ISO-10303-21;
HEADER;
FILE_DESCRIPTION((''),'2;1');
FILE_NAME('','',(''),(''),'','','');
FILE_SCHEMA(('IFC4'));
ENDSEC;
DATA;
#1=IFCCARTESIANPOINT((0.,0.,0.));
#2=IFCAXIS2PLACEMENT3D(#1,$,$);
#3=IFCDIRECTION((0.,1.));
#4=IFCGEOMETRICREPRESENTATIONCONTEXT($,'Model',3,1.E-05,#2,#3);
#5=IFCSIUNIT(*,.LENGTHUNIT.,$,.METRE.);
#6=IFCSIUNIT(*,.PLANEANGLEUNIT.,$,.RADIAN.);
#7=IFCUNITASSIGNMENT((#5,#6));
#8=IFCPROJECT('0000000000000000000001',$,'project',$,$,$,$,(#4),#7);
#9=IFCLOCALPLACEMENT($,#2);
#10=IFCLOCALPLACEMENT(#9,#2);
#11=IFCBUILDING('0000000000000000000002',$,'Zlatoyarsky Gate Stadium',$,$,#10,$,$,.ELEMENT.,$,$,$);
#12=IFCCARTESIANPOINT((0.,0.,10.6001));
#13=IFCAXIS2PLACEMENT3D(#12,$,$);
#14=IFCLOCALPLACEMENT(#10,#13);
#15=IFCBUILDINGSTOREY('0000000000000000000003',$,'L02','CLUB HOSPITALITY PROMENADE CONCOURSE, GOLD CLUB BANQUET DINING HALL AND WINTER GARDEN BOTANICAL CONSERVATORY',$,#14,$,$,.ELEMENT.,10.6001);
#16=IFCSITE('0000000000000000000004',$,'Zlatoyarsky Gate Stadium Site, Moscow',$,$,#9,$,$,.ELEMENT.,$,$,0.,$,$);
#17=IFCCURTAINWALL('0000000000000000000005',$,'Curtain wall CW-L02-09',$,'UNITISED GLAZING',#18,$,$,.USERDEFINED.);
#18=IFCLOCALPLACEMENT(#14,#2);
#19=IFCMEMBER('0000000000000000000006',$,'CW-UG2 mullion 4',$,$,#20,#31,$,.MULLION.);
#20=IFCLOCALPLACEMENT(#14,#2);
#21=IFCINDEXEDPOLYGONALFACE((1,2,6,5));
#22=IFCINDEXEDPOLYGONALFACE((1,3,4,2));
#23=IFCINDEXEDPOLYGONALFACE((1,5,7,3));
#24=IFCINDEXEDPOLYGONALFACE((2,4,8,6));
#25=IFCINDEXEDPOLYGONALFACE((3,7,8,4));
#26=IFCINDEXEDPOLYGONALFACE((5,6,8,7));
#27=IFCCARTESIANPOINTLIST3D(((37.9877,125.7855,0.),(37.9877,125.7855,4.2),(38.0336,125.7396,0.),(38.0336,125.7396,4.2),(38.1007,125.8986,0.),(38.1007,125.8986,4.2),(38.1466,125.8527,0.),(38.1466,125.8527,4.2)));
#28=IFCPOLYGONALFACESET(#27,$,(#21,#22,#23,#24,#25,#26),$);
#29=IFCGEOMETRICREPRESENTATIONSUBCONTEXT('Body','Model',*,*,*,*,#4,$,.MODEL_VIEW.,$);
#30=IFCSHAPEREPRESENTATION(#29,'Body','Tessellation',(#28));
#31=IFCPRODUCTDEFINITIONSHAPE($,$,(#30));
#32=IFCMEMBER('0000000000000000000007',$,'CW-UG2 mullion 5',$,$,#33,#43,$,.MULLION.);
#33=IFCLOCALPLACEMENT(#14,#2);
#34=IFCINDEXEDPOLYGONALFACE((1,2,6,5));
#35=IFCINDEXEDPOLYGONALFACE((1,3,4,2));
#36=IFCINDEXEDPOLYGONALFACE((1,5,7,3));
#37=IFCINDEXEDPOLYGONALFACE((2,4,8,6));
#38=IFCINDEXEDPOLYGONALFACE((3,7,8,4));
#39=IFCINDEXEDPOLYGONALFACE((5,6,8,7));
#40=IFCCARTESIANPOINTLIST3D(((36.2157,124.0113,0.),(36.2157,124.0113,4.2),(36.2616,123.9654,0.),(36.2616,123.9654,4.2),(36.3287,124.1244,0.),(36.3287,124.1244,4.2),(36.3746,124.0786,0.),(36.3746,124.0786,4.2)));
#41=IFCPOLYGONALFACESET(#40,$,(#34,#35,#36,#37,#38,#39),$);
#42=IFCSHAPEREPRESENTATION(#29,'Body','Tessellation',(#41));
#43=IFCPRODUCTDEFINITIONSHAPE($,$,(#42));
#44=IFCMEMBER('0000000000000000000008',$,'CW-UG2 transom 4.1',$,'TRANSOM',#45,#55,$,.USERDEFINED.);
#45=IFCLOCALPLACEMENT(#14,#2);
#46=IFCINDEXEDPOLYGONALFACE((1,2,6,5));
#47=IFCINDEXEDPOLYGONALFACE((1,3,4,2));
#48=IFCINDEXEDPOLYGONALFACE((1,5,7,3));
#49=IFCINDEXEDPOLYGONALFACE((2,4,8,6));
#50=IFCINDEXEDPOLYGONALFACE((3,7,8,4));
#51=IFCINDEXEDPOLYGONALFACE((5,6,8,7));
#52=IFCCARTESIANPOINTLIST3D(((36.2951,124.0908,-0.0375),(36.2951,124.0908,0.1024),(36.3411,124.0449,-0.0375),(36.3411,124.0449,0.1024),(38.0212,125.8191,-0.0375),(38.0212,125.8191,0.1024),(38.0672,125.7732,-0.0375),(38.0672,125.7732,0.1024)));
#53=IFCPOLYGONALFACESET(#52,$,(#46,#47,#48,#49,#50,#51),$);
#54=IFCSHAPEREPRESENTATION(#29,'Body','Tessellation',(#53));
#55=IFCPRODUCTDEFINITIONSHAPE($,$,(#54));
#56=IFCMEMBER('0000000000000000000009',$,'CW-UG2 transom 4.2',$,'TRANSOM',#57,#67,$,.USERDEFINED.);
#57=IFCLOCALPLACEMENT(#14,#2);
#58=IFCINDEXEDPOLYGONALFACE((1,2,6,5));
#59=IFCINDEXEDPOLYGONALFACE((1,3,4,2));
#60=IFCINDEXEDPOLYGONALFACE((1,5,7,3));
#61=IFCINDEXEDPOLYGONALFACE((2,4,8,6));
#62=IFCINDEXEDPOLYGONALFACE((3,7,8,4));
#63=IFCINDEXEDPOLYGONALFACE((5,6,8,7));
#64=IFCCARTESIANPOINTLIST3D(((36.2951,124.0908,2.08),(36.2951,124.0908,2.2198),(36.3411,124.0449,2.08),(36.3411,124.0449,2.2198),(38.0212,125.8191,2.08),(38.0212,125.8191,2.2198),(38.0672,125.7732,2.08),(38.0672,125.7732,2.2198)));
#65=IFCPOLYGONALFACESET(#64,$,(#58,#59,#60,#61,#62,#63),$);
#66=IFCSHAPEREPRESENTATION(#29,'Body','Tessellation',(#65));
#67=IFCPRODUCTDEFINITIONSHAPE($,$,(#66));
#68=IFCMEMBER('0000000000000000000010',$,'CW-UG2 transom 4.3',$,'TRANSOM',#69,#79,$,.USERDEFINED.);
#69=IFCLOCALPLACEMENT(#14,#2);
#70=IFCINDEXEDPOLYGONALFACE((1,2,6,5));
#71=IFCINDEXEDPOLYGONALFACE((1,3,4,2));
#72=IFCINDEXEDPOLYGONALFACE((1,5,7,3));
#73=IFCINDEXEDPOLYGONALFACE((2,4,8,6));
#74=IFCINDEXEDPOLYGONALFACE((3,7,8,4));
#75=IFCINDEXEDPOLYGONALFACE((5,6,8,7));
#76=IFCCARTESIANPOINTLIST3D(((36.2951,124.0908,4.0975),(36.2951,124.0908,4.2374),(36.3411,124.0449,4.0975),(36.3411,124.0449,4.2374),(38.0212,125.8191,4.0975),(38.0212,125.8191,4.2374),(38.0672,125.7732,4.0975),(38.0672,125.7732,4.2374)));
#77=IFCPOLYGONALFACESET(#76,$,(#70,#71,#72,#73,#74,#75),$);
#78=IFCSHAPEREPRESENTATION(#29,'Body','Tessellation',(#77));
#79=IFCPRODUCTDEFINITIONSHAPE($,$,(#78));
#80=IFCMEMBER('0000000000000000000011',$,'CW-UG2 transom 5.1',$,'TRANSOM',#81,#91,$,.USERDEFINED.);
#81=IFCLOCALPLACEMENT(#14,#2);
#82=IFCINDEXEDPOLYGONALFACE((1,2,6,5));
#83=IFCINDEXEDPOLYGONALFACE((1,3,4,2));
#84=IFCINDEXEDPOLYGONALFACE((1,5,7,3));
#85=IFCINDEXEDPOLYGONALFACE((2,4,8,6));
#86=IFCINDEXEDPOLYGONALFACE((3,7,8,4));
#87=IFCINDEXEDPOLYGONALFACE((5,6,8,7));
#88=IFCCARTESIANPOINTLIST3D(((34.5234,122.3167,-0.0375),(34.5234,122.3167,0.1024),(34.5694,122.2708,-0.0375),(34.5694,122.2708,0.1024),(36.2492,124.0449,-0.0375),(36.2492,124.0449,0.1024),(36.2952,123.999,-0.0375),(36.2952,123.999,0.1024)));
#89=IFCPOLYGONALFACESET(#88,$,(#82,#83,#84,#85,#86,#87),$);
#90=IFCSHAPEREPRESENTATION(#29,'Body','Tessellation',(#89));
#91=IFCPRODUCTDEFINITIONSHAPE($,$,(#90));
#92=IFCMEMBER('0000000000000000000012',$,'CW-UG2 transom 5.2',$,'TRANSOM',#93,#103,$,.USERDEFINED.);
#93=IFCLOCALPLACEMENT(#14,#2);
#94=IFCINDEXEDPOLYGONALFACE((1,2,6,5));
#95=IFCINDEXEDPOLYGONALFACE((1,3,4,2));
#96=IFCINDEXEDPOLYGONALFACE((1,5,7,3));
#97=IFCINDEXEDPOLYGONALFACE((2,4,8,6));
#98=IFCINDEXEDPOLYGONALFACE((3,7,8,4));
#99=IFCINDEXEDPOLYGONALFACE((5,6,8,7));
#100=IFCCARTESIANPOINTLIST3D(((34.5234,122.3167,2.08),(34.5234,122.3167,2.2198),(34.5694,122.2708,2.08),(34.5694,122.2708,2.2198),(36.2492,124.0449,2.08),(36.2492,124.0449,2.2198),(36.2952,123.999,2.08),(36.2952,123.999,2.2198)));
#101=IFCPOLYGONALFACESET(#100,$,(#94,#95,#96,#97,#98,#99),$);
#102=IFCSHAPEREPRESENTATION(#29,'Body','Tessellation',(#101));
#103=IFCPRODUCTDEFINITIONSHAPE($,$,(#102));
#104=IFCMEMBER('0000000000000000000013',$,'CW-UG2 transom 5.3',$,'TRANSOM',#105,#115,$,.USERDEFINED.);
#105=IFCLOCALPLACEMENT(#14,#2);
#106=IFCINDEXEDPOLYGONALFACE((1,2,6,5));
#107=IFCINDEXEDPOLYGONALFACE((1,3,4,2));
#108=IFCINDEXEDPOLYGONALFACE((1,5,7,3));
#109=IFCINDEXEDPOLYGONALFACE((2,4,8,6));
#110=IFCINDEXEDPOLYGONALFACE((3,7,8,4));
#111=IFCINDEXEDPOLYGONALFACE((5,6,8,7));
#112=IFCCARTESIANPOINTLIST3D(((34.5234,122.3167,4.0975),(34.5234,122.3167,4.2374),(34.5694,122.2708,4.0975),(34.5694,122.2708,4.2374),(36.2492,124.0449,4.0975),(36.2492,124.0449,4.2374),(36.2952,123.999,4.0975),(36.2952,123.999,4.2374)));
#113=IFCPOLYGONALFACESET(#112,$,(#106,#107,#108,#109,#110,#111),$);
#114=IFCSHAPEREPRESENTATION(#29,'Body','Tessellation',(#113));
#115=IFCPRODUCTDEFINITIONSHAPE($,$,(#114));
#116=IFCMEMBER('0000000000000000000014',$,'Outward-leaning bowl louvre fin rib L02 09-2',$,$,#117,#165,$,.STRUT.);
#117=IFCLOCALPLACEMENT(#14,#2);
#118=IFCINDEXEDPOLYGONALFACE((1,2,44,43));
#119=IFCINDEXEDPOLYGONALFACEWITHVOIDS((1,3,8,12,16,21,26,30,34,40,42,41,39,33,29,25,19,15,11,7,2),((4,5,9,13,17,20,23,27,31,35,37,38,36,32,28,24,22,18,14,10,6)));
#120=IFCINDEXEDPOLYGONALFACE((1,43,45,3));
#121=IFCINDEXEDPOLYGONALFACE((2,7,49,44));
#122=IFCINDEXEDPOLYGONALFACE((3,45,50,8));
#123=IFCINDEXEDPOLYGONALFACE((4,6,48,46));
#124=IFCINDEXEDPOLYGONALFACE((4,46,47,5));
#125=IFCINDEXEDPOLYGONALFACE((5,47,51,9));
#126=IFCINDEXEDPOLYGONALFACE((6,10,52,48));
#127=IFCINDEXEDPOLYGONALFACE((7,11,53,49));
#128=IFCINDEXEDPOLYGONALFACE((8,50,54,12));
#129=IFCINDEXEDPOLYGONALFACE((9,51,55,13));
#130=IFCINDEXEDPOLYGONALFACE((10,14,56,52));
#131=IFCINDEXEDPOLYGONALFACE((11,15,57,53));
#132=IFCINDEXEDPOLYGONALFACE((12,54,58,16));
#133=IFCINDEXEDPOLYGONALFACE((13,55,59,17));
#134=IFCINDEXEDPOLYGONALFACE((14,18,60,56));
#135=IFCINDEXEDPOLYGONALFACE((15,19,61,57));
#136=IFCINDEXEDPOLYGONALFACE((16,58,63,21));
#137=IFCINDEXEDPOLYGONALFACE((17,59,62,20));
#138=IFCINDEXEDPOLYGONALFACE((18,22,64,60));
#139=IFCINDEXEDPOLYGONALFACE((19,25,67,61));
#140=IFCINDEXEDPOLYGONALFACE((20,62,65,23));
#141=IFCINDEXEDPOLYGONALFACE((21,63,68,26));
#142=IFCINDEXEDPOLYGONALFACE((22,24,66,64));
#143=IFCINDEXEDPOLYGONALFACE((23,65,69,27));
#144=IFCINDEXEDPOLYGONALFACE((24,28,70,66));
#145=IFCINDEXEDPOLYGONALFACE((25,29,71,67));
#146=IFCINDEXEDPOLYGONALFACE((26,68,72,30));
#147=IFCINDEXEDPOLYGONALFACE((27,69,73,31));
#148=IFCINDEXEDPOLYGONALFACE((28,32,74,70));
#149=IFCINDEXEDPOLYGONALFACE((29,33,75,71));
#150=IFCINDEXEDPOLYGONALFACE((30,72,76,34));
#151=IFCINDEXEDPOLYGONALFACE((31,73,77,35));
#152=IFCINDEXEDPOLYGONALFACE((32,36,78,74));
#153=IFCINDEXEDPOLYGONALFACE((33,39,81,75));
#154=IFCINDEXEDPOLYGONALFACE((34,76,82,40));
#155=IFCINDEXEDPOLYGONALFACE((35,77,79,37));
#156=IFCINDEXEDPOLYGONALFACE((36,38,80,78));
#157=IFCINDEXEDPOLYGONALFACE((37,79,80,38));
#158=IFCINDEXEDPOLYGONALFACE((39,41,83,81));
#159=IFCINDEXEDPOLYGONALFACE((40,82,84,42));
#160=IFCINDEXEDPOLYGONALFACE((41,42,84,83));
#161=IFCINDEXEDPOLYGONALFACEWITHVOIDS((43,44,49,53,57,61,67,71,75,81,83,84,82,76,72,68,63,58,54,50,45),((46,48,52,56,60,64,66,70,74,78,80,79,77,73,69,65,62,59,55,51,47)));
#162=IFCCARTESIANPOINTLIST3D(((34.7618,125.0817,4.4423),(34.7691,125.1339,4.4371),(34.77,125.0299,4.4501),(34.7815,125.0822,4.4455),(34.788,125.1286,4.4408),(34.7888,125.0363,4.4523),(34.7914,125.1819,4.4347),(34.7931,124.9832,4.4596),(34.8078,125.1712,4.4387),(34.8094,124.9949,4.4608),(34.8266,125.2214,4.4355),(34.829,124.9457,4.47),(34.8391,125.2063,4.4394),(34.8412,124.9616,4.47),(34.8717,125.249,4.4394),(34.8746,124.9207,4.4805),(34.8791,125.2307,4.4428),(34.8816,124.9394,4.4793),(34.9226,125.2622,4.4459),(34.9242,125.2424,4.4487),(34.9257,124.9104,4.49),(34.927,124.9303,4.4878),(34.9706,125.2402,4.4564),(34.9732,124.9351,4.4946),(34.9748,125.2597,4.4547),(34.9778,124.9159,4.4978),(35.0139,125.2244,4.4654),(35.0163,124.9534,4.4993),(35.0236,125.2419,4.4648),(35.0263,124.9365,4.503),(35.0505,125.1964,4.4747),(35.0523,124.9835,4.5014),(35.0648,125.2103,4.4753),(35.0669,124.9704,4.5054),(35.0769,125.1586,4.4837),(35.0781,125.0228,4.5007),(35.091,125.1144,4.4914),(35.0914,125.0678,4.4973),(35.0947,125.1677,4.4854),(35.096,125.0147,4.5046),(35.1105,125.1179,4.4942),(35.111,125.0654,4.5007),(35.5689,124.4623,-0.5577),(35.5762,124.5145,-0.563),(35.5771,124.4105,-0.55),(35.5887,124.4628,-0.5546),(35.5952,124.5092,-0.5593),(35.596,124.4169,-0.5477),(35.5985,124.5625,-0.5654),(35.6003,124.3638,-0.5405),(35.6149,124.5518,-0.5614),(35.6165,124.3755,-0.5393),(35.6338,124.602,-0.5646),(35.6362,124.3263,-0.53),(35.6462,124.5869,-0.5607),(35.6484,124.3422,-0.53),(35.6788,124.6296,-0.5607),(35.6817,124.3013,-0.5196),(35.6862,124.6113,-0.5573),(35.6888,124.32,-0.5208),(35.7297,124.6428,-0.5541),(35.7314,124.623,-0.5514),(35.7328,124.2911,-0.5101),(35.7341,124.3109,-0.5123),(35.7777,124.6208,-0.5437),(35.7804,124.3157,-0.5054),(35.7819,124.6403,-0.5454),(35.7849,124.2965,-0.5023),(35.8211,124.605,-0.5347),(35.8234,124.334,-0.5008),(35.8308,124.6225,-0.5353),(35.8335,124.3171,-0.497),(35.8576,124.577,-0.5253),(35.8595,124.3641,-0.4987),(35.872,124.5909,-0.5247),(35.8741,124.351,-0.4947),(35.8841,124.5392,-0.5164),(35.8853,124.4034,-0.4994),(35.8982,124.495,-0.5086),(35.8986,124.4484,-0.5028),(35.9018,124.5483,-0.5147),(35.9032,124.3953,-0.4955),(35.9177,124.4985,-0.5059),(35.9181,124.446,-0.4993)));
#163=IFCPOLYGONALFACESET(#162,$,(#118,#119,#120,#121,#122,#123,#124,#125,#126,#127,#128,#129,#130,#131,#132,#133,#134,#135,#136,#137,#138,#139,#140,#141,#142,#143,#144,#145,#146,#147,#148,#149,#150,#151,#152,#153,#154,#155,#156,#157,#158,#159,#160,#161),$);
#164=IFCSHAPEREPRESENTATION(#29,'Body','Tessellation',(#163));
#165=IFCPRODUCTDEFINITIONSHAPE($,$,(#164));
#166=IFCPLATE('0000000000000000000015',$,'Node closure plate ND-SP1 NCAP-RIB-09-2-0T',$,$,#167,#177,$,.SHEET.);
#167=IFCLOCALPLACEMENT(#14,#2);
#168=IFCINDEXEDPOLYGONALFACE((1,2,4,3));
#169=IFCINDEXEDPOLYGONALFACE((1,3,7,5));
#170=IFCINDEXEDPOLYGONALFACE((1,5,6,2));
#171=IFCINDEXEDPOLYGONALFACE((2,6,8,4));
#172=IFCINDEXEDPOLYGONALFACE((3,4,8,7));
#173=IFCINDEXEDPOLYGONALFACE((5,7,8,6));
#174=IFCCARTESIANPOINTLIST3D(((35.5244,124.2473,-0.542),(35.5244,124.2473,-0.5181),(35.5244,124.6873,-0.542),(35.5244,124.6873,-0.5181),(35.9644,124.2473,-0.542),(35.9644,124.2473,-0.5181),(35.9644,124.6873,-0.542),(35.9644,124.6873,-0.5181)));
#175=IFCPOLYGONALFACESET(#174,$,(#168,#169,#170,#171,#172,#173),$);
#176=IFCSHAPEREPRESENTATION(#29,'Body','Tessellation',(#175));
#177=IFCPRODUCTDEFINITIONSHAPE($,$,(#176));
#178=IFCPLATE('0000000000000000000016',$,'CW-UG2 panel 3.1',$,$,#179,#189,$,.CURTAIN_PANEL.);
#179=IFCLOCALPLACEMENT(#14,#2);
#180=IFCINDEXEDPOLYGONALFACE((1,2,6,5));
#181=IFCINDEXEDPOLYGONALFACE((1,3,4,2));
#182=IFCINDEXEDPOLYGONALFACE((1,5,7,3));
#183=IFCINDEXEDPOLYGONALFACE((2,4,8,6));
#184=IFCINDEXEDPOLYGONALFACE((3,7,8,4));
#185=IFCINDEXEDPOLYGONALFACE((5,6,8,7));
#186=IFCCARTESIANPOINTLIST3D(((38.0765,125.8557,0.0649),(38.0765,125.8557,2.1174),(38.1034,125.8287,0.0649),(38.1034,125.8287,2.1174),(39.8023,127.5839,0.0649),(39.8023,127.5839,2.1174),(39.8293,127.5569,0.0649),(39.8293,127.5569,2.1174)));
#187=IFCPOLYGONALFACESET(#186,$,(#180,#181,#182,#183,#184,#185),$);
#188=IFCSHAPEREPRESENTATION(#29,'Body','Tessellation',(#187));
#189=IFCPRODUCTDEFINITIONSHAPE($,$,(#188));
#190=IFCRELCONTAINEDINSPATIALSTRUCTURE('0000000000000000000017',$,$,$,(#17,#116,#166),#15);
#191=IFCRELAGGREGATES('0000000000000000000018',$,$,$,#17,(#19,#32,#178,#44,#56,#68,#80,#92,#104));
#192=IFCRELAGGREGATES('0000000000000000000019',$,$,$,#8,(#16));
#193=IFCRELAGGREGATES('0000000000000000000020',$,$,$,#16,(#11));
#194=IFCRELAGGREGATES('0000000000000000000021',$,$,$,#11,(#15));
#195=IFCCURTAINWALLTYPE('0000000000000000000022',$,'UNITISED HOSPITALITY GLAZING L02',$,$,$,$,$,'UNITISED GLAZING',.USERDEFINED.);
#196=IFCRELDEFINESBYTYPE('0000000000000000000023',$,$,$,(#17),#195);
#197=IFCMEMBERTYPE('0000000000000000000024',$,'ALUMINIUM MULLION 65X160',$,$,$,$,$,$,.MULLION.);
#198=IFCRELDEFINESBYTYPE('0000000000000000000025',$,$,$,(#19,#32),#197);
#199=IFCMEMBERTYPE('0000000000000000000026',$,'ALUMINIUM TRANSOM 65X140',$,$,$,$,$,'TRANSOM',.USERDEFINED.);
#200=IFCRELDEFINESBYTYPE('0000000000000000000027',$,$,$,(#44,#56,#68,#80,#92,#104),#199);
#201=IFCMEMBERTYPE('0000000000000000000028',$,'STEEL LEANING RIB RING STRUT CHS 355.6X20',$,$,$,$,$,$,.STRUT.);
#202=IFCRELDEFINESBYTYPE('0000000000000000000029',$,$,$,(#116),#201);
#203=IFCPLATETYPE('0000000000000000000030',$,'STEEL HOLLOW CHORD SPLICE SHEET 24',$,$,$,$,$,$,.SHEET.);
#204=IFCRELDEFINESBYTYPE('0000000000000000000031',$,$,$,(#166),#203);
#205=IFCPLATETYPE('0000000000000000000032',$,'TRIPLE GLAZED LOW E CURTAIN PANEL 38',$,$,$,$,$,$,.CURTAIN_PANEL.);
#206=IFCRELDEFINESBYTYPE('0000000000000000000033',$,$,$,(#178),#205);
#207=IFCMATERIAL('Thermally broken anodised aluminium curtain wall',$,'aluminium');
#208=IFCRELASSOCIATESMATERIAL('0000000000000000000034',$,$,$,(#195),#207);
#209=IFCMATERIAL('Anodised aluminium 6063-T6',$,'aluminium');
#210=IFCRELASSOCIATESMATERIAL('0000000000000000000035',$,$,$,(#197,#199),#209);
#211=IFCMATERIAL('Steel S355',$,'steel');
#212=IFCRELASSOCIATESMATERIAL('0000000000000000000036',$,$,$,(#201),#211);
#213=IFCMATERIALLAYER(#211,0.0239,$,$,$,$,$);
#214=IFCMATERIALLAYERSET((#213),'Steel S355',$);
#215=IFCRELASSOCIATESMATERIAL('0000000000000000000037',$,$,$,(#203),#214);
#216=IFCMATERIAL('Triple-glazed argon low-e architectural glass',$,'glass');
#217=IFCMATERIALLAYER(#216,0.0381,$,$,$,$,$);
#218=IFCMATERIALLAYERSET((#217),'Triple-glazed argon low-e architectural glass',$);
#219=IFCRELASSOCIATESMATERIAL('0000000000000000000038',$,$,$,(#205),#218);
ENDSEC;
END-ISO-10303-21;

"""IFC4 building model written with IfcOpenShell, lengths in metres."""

from ifc_helpers import new_model, si_unit, direction, frame, origin, origin_2d, place, context, subcontext, project, spatial, rectangle, hollow_circle, extrude, material, layer, layer_set, material_profile, profile_set, type_object, element, aggregate, save


model = new_model("IFC4")

# Units and contexts
model_context = context("Model", 3, precision=1e-05, world=origin(), true_north=direction((0.0, 1.0)))
body_context = subcontext(model_context, "Body", "Model", "MODEL_VIEW")
ifc_project = project(units=[si_unit("LENGTHUNIT", "METRE"), si_unit("PLANEANGLEUNIT", "RADIAN")], contexts=[model_context])

# Site, building, storey
site_placement = place(None, origin())
site = spatial("IfcSite", under=ifc_project, at=site_placement, Name="Zlatoyarsky Gate Stadium Site, Moscow", CompositionType="ELEMENT", RefElevation=0.0)
building_placement = place(site_placement, origin())
building = spatial("IfcBuilding", under=site, at=building_placement, Name="Zlatoyarsky Gate Stadium", CompositionType="ELEMENT")
storey_placement = place(building_placement, frame((0.0, 0.0, 10.6001)))
storey = spatial("IfcBuildingStorey", under=building, at=storey_placement, Name="L02", Description="CLUB HOSPITALITY PROMENADE CONCOURSE, GOLD CLUB BANQUET DINING HALL AND WINTER GARDEN BOTANICAL CONSERVATORY", CompositionType="ELEMENT", Elevation=10.6001)

# Curtain wall, members
ifc_material_1 = material(Name="Thermally broken anodised aluminium curtain wall", Category="aluminium")
curtain_wall_type = type_object("IfcCurtainWallType", Name="UNITISED HOSPITALITY GLAZING L02", ElementType="UNITISED GLAZING", PredefinedType="USERDEFINED", material=ifc_material_1)
curtain_wall_placement = place(storey_placement, origin())
curtain_wall = element("IfcCurtainWall", 1, at=curtain_wall_placement, inside=storey, type_object=curtain_wall_type, Name="Curtain wall CW-L02-09", ObjectType="UNITISED GLAZING", PredefinedType="USERDEFINED")
ifc_material_2 = material(Name="Anodised aluminium 6063-T6", Category="aluminium")
ifc_material_profile_1 = material_profile(ifc_material_2, rectangle(XDim=0.0649, YDim=0.1599, at=origin_2d()), Name="ALU 65X160")
ifc_profile_set_1 = profile_set([ifc_material_profile_1], Name="Anodised aluminium 6063-T6")
member_type_1 = type_object("IfcMemberType", Name="ALUMINIUM MULLION 65X160", PredefinedType="MULLION", material=ifc_profile_set_1)
member_1_placement = place(storey_placement, frame((38.0671, 125.8191, 0.0), z_axis=(0.0, 0.0, 1.0), x_axis=(0.707588, -0.706626, 0.0)))
member_1 = element("IfcMember", 2, at=member_1_placement, type_object=member_type_1, Name="CW-UG2 mullion 4", PredefinedType="MULLION", context=body_context, shape_type="SweptSolid", body=[
    extrude(rectangle(XDim=0.0649, YDim=0.1599, at=origin_2d()), origin(), (0.0, 0.0, 1.0), 4.2),
])
member_2_placement = place(storey_placement, frame((36.2952, 124.0449, 0.0), z_axis=(0.0, 0.0, 1.0), x_axis=(0.707588, -0.706626, 0.0)))
member_2 = element("IfcMember", 3, at=member_2_placement, type_object=member_type_1, Name="CW-UG2 mullion 5", PredefinedType="MULLION", context=body_context, shape_type="SweptSolid", body=[
    extrude(rectangle(XDim=0.0649, YDim=0.1599, at=origin_2d()), origin(), (0.0, 0.0, 1.0), 4.2),
])
ifc_material_profile_2 = material_profile(ifc_material_2, rectangle(XDim=0.0649, YDim=0.1399, at=origin_2d()), Name="ALU 65X140")
ifc_profile_set_2 = profile_set([ifc_material_profile_2], Name="Anodised aluminium 6063-T6")
member_type_2 = type_object("IfcMemberType", Name="ALUMINIUM TRANSOM 65X140", ElementType="TRANSOM", PredefinedType="USERDEFINED", material=ifc_profile_set_2)
member_3_placement = place(storey_placement, frame((38.0442, 125.7961, 0.0325), z_axis=(-0.706657, -0.707556, 0.0), x_axis=(0.707556, -0.706657, 0.0)))
member_3 = element("IfcMember", 4, at=member_3_placement, type_object=member_type_2, Name="CW-UG2 transom 4.1", ObjectType="TRANSOM", PredefinedType="USERDEFINED", context=body_context, shape_type="SweptSolid", body=[
    extrude(rectangle(XDim=0.0649, YDim=0.1399, at=origin_2d()), origin(), (0.0, 0.0, 1.0), 2.4426),
])
member_4_placement = place(storey_placement, frame((38.0442, 125.7961, 2.1499), z_axis=(-0.706657, -0.707556, 0.0), x_axis=(0.707556, -0.706657, 0.0)))
member_4 = element("IfcMember", 5, at=member_4_placement, type_object=member_type_2, Name="CW-UG2 transom 4.2", ObjectType="TRANSOM", PredefinedType="USERDEFINED", context=body_context, shape_type="SweptSolid", body=[
    extrude(rectangle(XDim=0.0649, YDim=0.1399, at=origin_2d()), origin(), (0.0, 0.0, 1.0), 2.4426),
])
member_5_placement = place(storey_placement, frame((38.0442, 125.7961, 4.1675), z_axis=(-0.706657, -0.707556, 0.0), x_axis=(0.707556, -0.706657, 0.0)))
member_5 = element("IfcMember", 6, at=member_5_placement, type_object=member_type_2, Name="CW-UG2 transom 4.3", ObjectType="TRANSOM", PredefinedType="USERDEFINED", context=body_context, shape_type="SweptSolid", body=[
    extrude(rectangle(XDim=0.0649, YDim=0.1399, at=origin_2d()), origin(), (0.0, 0.0, 1.0), 2.4426),
])
member_6_placement = place(storey_placement, frame((36.2722, 124.022, 0.0325), z_axis=(-0.706607, -0.707606, 0.0), x_axis=(0.707606, -0.706607, 0.0)))
member_6 = element("IfcMember", 7, at=member_6_placement, type_object=member_type_2, Name="CW-UG2 transom 5.1", ObjectType="TRANSOM", PredefinedType="USERDEFINED", context=body_context, shape_type="SweptSolid", body=[
    extrude(rectangle(XDim=0.0649, YDim=0.1399, at=origin_2d()), origin(), (0.0, 0.0, 1.0), 2.4424),
])
member_7_placement = place(storey_placement, frame((36.2722, 124.022, 2.1499), z_axis=(-0.706607, -0.707606, 0.0), x_axis=(0.707606, -0.706607, 0.0)))
member_7 = element("IfcMember", 8, at=member_7_placement, type_object=member_type_2, Name="CW-UG2 transom 5.2", ObjectType="TRANSOM", PredefinedType="USERDEFINED", context=body_context, shape_type="SweptSolid", body=[
    extrude(rectangle(XDim=0.0649, YDim=0.1399, at=origin_2d()), origin(), (0.0, 0.0, 1.0), 2.4424),
])
member_8_placement = place(storey_placement, frame((36.2722, 124.022, 4.1675), z_axis=(-0.706607, -0.707606, 0.0), x_axis=(0.707606, -0.706607, 0.0)))
member_8 = element("IfcMember", 9, at=member_8_placement, type_object=member_type_2, Name="CW-UG2 transom 5.3", ObjectType="TRANSOM", PredefinedType="USERDEFINED", context=body_context, shape_type="SweptSolid", body=[
    extrude(rectangle(XDim=0.0649, YDim=0.1399, at=origin_2d()), origin(), (0.0, 0.0, 1.0), 2.4424),
])

# Member
ifc_material_3 = material(Name="Steel S355", Category="steel")
ifc_material_profile_3 = material_profile(ifc_material_3, hollow_circle(Radius=0.1777, WallThickness=0.02, at=origin_2d()), Name="CHS 355.6X20")
ifc_profile_set_3 = profile_set([ifc_material_profile_3], Name="Steel S355")
member_type_3 = type_object("IfcMemberType", Name="STEEL LEANING RIB RING STRUT CHS 355.6X20", PredefinedType="STRUT", material=ifc_profile_set_3)
member_9_placement = place(storey_placement, frame((35.7444, 124.4673, -0.53), z_axis=(-0.158184, 0.121389, 0.97992), x_axis=(-0.608794, -0.793328, 0.0)))
element("IfcMember", 10, at=member_9_placement, inside=storey, type_object=member_type_3, Name="Outward-leaning bowl louvre fin rib L02 09-2", PredefinedType="STRUT", context=body_context, shape_type="SweptSolid", body=[
    extrude(hollow_circle(Radius=0.1777, WallThickness=0.02, at=origin_2d()), origin(), (0.0, 0.0, 1.0), 5.1025),
])

# Plates
ifc_layer_1 = layer(ifc_material_3, 0.0239)
ifc_layer_set_1 = layer_set([ifc_layer_1], Name="Steel S355")
plate_type_1 = type_object("IfcPlateType", Name="STEEL HOLLOW CHORD SPLICE SHEET 24", PredefinedType="SHEET", material=ifc_layer_set_1)
plate_1_placement = place(storey_placement, frame((35.7444, 124.4673, -0.542), z_axis=(0.0, 0.0, 1.0), x_axis=(1.0, 0.0, 0.0)))
element("IfcPlate", 11, at=plate_1_placement, inside=storey, type_object=plate_type_1, Name="Node closure plate ND-SP1 NCAP-RIB-09-2-0T", PredefinedType="SHEET", context=body_context, shape_type="SweptSolid", body=[
    extrude(rectangle(XDim=0.4399, YDim=0.4399, at=origin_2d()), origin(), (0.0, 0.0, 1.0), 0.0239),
])
ifc_material_4 = material(Name="Triple-glazed argon low-e architectural glass", Category="glass")
ifc_layer_2 = layer(ifc_material_4, 0.0381)
ifc_layer_set_2 = layer_set([ifc_layer_2], Name="Triple-glazed argon low-e architectural glass")
plate_type_2 = type_object("IfcPlateType", Name="TRIPLE GLAZED LOW E CURTAIN PANEL 38", PredefinedType="CURTAIN_PANEL", material=ifc_layer_set_2)
plate_2_placement = place(storey_placement, frame((38.9529, 126.7063, 0.0649), z_axis=(0.0, 0.0, 1.0), x_axis=(-0.706626, -0.707588, 0.0)))
plate_2 = element("IfcPlate", 12, at=plate_2_placement, type_object=plate_type_2, Name="CW-UG2 panel 3.1", PredefinedType="CURTAIN_PANEL", context=body_context, shape_type="SweptSolid", body=[
    extrude(rectangle(XDim=2.4424, YDim=0.0381, at=origin_2d()), origin(), (0.0, 0.0, 1.0), 2.0525),
])
aggregate(curtain_wall, [member_1, member_2, plate_2, member_3, member_4, member_5, member_6, member_7, member_8])

save(model, "model.ifc")
